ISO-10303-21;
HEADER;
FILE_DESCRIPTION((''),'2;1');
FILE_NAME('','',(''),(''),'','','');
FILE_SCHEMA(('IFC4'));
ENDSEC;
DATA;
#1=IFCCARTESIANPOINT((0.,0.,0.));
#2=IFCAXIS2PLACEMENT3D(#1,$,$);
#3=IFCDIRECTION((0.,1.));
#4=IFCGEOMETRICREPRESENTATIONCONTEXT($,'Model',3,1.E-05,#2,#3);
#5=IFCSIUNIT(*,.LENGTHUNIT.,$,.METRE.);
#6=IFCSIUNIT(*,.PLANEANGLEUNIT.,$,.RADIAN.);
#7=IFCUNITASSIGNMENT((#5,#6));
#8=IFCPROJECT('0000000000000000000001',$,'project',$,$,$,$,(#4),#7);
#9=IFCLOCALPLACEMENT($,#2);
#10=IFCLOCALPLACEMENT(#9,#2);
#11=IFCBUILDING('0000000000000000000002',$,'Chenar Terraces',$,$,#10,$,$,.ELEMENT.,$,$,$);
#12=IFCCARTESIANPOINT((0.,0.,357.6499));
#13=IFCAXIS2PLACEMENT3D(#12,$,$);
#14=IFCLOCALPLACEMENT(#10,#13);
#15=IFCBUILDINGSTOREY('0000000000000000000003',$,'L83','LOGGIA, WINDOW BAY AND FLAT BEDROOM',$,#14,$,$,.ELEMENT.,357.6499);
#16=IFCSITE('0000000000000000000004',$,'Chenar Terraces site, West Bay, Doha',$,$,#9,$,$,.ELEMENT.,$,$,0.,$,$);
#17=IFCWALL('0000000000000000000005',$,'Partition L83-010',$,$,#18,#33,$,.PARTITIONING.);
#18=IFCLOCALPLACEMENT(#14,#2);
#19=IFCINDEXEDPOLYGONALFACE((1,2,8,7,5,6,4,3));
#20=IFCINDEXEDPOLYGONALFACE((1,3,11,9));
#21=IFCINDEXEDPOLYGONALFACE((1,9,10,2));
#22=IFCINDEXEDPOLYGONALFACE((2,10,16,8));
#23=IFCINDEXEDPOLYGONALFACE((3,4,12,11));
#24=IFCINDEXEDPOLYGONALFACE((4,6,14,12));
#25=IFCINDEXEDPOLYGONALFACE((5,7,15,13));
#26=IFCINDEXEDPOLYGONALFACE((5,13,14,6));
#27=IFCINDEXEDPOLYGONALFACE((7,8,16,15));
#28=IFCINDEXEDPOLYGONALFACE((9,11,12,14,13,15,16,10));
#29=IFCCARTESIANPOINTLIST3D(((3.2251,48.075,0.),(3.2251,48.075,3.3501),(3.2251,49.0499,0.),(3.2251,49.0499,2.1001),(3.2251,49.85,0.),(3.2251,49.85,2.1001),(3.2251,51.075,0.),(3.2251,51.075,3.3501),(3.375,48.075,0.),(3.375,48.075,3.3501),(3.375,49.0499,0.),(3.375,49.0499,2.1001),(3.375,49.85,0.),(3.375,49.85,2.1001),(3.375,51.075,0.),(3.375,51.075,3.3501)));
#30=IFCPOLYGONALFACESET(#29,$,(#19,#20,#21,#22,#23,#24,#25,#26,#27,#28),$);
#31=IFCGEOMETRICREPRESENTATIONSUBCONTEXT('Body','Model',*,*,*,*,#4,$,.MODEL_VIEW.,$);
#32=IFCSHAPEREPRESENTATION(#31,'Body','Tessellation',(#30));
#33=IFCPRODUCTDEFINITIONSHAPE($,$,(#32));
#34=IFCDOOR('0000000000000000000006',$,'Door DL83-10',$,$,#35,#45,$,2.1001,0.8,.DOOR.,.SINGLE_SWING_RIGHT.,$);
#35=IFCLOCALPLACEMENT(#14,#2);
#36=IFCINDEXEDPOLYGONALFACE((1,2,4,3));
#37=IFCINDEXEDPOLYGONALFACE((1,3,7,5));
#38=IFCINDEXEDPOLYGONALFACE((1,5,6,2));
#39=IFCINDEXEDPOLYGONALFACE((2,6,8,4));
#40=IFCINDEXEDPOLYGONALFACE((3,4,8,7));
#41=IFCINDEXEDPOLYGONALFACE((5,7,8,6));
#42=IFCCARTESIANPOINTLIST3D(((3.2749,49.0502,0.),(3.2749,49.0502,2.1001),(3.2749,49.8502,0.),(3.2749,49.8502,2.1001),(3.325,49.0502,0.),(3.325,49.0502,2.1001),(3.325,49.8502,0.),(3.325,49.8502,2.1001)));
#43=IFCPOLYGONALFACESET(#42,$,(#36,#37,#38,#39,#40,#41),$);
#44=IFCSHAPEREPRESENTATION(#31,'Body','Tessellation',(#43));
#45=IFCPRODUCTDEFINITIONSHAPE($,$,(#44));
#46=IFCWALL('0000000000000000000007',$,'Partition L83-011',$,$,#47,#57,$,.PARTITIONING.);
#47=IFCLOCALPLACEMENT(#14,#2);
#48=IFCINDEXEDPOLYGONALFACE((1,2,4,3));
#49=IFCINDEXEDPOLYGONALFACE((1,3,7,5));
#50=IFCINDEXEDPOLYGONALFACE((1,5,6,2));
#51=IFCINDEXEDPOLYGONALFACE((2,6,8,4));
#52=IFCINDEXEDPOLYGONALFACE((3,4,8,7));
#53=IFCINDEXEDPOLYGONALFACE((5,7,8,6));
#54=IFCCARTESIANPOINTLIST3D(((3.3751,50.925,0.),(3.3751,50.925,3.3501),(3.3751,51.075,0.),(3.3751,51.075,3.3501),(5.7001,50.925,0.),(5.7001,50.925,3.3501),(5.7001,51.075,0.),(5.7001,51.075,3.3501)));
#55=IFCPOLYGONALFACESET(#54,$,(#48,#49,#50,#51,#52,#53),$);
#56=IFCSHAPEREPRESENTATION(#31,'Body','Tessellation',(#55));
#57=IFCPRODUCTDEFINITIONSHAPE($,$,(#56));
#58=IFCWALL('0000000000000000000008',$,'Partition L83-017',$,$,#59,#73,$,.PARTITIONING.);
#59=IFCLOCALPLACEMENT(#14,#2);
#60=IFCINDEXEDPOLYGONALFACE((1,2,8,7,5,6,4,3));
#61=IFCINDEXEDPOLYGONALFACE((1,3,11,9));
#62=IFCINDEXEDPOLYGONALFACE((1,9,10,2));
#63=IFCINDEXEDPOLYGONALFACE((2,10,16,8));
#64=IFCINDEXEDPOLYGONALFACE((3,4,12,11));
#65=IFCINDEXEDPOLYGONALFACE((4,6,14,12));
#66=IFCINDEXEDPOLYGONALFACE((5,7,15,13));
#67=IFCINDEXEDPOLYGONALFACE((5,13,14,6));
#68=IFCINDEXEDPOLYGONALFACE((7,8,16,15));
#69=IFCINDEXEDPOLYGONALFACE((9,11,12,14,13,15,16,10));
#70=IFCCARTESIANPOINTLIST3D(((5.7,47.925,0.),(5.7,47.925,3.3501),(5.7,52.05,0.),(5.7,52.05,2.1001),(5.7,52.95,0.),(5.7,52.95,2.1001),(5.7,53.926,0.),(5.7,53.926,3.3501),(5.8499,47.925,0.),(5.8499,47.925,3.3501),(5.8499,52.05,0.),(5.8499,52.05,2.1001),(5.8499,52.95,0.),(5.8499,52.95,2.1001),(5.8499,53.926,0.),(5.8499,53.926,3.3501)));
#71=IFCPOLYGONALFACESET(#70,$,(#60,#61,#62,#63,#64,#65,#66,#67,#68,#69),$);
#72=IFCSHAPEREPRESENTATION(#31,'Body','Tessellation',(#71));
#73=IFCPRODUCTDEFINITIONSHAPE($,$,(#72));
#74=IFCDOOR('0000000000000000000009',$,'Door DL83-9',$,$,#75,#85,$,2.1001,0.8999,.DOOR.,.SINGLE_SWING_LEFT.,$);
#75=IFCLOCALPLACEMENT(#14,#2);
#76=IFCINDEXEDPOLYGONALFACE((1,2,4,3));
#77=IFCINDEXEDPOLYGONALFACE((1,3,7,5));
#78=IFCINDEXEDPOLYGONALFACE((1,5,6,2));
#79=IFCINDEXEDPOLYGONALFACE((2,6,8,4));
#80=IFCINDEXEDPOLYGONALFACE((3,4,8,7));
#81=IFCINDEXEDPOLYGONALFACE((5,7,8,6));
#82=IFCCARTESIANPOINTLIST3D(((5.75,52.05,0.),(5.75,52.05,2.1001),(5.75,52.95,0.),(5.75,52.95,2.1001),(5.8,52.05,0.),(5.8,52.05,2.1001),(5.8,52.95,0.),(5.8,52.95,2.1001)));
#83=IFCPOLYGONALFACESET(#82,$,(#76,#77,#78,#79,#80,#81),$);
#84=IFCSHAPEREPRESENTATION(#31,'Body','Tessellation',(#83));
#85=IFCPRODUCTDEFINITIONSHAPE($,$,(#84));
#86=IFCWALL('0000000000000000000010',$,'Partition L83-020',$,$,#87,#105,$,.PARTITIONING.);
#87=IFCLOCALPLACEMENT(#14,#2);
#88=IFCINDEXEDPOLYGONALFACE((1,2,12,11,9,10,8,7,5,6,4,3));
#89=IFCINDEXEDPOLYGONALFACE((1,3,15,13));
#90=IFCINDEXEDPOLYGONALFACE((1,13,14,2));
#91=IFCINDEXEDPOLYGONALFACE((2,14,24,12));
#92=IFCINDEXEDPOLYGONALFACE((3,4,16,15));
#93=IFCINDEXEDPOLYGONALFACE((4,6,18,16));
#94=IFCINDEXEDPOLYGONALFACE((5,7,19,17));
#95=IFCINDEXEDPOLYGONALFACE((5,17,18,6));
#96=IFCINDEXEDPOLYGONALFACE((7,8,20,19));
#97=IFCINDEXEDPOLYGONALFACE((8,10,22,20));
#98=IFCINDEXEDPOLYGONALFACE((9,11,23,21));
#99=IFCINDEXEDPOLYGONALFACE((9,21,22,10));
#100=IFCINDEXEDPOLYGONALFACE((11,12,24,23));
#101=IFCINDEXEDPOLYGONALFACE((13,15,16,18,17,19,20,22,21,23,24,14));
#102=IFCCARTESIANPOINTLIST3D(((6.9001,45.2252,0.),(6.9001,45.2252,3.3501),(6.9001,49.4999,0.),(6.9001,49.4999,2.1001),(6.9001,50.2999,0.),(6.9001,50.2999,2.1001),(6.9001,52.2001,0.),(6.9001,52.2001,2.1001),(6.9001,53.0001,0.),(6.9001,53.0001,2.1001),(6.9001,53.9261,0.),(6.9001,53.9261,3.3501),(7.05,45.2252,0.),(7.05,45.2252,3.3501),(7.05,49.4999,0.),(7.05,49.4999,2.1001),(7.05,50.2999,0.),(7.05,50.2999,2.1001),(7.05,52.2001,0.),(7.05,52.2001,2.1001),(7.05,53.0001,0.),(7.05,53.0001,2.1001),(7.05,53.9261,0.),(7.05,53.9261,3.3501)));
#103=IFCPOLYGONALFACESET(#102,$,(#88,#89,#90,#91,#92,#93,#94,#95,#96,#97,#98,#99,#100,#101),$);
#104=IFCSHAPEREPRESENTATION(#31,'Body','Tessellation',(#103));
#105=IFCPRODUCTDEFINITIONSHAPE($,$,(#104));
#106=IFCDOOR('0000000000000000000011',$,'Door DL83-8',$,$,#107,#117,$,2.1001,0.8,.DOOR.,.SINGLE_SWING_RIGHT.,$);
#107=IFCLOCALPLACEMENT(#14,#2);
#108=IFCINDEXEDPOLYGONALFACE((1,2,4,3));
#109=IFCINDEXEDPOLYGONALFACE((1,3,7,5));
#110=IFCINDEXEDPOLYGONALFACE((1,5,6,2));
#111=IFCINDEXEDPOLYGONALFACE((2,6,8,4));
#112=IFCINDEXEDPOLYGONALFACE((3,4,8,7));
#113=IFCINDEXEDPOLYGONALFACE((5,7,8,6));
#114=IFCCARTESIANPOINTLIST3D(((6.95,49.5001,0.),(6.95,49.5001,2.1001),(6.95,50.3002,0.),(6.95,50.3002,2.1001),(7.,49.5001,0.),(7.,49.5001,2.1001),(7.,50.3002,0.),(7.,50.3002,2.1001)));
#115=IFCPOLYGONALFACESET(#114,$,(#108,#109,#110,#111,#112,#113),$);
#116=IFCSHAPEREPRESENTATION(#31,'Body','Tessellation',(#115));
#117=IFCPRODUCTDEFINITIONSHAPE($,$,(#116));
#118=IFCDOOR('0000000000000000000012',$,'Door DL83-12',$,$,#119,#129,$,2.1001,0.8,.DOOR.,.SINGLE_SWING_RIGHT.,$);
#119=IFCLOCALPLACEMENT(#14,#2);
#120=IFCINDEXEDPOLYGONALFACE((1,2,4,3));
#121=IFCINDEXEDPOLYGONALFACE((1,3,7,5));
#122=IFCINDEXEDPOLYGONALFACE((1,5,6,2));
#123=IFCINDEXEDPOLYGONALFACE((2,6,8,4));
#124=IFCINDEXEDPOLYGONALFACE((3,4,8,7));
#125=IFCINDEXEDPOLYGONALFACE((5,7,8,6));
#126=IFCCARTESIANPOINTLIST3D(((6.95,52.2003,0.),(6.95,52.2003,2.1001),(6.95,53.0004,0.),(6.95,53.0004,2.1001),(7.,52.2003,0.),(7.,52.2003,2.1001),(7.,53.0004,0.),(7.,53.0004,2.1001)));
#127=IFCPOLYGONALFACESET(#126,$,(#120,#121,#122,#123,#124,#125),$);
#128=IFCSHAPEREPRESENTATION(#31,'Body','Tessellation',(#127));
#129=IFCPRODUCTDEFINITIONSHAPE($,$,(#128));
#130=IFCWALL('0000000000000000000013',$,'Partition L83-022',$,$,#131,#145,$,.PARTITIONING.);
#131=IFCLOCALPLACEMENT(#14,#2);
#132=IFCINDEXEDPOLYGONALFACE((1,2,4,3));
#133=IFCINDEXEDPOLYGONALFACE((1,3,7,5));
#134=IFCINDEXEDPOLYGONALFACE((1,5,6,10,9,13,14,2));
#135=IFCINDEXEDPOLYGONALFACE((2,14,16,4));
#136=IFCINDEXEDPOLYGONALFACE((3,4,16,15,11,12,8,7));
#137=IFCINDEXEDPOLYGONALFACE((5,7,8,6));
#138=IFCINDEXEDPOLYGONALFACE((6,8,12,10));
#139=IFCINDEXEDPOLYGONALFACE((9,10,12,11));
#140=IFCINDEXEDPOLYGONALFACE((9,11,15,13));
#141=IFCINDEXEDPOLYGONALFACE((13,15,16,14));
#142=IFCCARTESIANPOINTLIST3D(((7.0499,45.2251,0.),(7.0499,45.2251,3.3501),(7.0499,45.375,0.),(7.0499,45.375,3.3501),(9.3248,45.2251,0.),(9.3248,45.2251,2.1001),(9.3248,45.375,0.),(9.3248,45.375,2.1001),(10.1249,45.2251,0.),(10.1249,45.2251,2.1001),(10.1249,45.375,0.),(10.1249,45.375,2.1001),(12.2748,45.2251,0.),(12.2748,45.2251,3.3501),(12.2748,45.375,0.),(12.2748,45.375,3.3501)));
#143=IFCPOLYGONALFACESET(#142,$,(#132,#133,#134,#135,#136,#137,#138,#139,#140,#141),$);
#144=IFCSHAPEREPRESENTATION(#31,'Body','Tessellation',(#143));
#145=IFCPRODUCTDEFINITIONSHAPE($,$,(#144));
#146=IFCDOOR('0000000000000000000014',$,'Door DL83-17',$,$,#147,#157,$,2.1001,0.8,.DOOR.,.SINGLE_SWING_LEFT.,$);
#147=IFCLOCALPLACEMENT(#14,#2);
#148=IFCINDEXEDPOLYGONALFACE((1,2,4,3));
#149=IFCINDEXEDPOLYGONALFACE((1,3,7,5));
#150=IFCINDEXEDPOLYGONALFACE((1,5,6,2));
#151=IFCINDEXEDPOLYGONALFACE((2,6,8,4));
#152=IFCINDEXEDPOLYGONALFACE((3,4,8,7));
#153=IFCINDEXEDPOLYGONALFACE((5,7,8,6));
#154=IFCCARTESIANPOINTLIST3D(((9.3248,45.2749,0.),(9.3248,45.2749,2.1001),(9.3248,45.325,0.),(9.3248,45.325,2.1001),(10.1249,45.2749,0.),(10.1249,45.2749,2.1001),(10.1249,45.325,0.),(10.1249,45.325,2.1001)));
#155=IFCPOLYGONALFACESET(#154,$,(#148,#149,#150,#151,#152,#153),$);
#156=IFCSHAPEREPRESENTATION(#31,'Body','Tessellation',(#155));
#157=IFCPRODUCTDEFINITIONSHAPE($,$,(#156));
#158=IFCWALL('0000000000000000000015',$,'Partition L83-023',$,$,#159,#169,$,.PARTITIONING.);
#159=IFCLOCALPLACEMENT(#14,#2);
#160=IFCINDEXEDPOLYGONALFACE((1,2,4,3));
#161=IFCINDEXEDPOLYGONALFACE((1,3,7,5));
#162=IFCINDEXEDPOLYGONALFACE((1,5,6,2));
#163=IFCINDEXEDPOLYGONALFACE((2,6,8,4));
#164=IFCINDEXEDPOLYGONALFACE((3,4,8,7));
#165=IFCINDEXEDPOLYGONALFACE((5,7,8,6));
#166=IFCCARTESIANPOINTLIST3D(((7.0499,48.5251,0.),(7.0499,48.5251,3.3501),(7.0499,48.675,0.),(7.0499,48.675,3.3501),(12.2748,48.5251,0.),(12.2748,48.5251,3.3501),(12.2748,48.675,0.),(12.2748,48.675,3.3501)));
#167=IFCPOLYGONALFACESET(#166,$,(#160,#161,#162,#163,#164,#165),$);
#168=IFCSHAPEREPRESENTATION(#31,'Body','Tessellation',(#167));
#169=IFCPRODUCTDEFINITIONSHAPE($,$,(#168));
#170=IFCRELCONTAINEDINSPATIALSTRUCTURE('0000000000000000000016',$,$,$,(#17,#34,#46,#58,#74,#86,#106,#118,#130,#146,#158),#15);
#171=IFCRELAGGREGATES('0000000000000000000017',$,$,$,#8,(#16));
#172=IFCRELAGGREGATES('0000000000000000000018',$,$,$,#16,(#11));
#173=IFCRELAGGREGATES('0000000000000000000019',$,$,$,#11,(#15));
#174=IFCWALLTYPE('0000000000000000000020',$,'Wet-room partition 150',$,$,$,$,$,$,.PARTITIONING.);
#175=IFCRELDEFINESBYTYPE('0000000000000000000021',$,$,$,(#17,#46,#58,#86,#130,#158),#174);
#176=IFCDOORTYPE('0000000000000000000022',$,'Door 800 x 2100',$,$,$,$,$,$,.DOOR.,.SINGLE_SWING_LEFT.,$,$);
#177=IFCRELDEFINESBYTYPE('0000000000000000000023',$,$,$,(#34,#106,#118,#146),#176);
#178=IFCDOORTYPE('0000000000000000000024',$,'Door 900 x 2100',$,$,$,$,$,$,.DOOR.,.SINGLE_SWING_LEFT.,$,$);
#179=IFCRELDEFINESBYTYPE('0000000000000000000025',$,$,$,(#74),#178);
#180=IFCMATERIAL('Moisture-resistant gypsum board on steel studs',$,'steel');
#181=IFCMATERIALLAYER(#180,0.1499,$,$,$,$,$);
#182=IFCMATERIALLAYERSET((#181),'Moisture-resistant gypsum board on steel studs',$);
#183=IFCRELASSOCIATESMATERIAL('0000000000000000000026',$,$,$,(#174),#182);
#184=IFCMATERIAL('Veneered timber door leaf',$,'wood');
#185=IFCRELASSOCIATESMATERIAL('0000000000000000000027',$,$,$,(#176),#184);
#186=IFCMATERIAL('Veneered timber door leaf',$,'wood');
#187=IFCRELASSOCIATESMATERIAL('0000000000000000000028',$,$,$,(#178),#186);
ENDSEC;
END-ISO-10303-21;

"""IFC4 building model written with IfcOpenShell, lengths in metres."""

from ifc_helpers import new_model, si_unit, direction, frame, frame_2d, origin, place, context, subcontext, project, spatial, rectangle, extrude, material, layer, layer_set, type_object, element, fill, save


model = new_model("IFC4")

# Units and contexts
model_context = context("Model", 3, precision=1e-05, world=origin(), true_north=direction((0.0, 1.0)))
body_context = subcontext(model_context, "Body", "Model", "MODEL_VIEW")
ifc_project = project(units=[si_unit("LENGTHUNIT", "METRE"), si_unit("PLANEANGLEUNIT", "RADIAN")], contexts=[model_context])

# Site, building, storey
site_placement = place(None, origin())
site = spatial("IfcSite", under=ifc_project, at=site_placement, Name="Chenar Terraces site, West Bay, Doha", CompositionType="ELEMENT", RefElevation=0.0)
building_placement = place(site_placement, origin())
building = spatial("IfcBuilding", under=site, at=building_placement, Name="Chenar Terraces", CompositionType="ELEMENT")
storey_placement = place(building_placement, frame((0.0, 0.0, 357.6499)))
storey = spatial("IfcBuildingStorey", under=building, at=storey_placement, Name="L83", Description="LOGGIA, WINDOW BAY AND FLAT BEDROOM", CompositionType="ELEMENT", Elevation=357.6499)

# Shared definitions
ifc_material_1 = material(Name="Moisture-resistant gypsum board on steel studs", Category="steel")
ifc_layer_1 = layer(ifc_material_1, 0.1499)
ifc_layer_set_1 = layer_set([ifc_layer_1], Name="Moisture-resistant gypsum board on steel studs")
wall_type_1 = type_object("IfcWallType", Name="Wet-room partition 150", PredefinedType="PARTITIONING", material=ifc_layer_set_1)

# Wall, opening, door
wall_1_placement = place(storey_placement, frame((3.3, 48.075, 0.0), z_axis=(0.0, 0.0, 1.0), x_axis=(0.0, 1.0, 0.0)))
wall_1 = element("IfcWall", 1, at=wall_1_placement, inside=storey, type_object=wall_type_1, Name="Partition L83-010", PredefinedType="PARTITIONING", context=body_context, shape_type="SweptSolid", body=[
    extrude(rectangle(XDim=3.0, YDim=0.1499, at=frame_2d((1.5, 0.0))), origin(), (0.0, 0.0, 1.0), 3.3501),
])
opening_1_placement = place(wall_1_placement, frame((0.9751, 0.0, 0.0)))
opening_1 = element("IfcOpeningElement", 2, at=opening_1_placement, cuts=wall_1, PredefinedType="OPENING", context=body_context, shape_type="SweptSolid", body=[
    extrude(rectangle(XDim=0.8, YDim=2.1001, at=frame_2d((0.3999, 1.05))), frame((0.0, 0.085, 0.0), z_axis=(0.0, -1.0, 0.0), x_axis=(1.0, 0.0, 0.0)), (0.0, 0.0, 1.0), 0.1699),
])
ifc_material_2 = material(Name="Veneered timber door leaf", Category="wood")
door_type_1 = type_object("IfcDoorType", Name="Door 800 x 2100", OperationType="SINGLE_SWING_LEFT", PredefinedType="DOOR", material=ifc_material_2)
door_1_placement = place(opening_1_placement, frame((0.8, 0.0, 0.0), z_axis=(0.0, 0.0, 1.0), x_axis=(-1.0, 0.0, 0.0)))
door_1 = element("IfcDoor", 3, at=door_1_placement, inside=storey, type_object=door_type_1, Name="Door DL83-10", OperationType="SINGLE_SWING_RIGHT", OverallHeight=2.1001, OverallWidth=0.8, PredefinedType="DOOR", context=body_context, shape_type="SweptSolid", body=[
    extrude(rectangle(XDim=0.8, YDim=2.1001, at=frame_2d((0.3999, 1.05))), frame((0.0, 0.0249, 0.0), z_axis=(0.0, -1.0, 0.0), x_axis=(1.0, 0.0, 0.0)), (0.0, 0.0, 1.0), 0.05),
])
fill(opening_1, door_1)

# Wall
wall_2_placement = place(storey_placement, frame((3.375, 51.0, 0.0), z_axis=(0.0, 0.0, 1.0), x_axis=(1.0, 0.0, 0.0)))
element("IfcWall", 4, at=wall_2_placement, inside=storey, type_object=wall_type_1, Name="Partition L83-011", PredefinedType="PARTITIONING", context=body_context, shape_type="SweptSolid", body=[
    extrude(rectangle(XDim=2.325, YDim=0.1499, at=frame_2d((1.1626, 0.0))), origin(), (0.0, 0.0, 1.0), 3.3501),
])

# Wall, opening, door
wall_3_placement = place(storey_placement, frame((5.7749, 47.925, 0.0), z_axis=(0.0, 0.0, 1.0), x_axis=(0.0, 1.0, 0.0)))
wall_3 = element("IfcWall", 5, at=wall_3_placement, inside=storey, type_object=wall_type_1, Name="Partition L83-017", PredefinedType="PARTITIONING", context=body_context, shape_type="SweptSolid", body=[
    extrude(rectangle(XDim=6.001, YDim=0.1499, at=frame_2d((3.0005, 0.0))), origin(), (0.0, 0.0, 1.0), 3.3501),
])
opening_2_placement = place(wall_3_placement, frame((4.125, 0.0, 0.0)))
opening_2 = element("IfcOpeningElement", 6, at=opening_2_placement, cuts=wall_3, PredefinedType="OPENING", context=body_context, shape_type="SweptSolid", body=[
    extrude(rectangle(XDim=0.8999, YDim=2.1001, at=frame_2d((0.45, 1.05))), frame((0.0, 0.085, 0.0), z_axis=(0.0, -1.0, 0.0), x_axis=(1.0, 0.0, 0.0)), (0.0, 0.0, 1.0), 0.1699),
])
ifc_material_3 = material(Name="Veneered timber door leaf", Category="wood")
door_type_2 = type_object("IfcDoorType", Name="Door 900 x 2100", OperationType="SINGLE_SWING_LEFT", PredefinedType="DOOR", material=ifc_material_3)
door_2_placement = place(opening_2_placement, origin())
door_2 = element("IfcDoor", 7, at=door_2_placement, inside=storey, type_object=door_type_2, Name="Door DL83-9", OperationType="SINGLE_SWING_LEFT", OverallHeight=2.1001, OverallWidth=0.8999, PredefinedType="DOOR", context=body_context, shape_type="SweptSolid", body=[
    extrude(rectangle(XDim=0.8999, YDim=2.1001, at=frame_2d((0.45, 1.05))), frame((0.0, 0.0249, 0.0), z_axis=(0.0, -1.0, 0.0), x_axis=(1.0, 0.0, 0.0)), (0.0, 0.0, 1.0), 0.05),
])
fill(opening_2, door_2)

# Wall, openings, doors
wall_4_placement = place(storey_placement, frame((6.9751, 45.2251, 0.0), z_axis=(0.0, 0.0, 1.0), x_axis=(0.0, 1.0, 0.0)))
wall_4 = element("IfcWall", 8, at=wall_4_placement, inside=storey, type_object=wall_type_1, Name="Partition L83-020", PredefinedType="PARTITIONING", context=body_context, shape_type="SweptSolid", body=[
    extrude(rectangle(XDim=8.7009, YDim=0.1499, at=frame_2d((4.3506, 0.0))), origin(), (0.0, 0.0, 1.0), 3.3501),
])
opening_3_placement = place(wall_4_placement, frame((4.2749, 0.0, 0.0)))
opening_3 = element("IfcOpeningElement", 9, at=opening_3_placement, cuts=wall_4, PredefinedType="OPENING", context=body_context, shape_type="SweptSolid", body=[
    extrude(rectangle(XDim=0.8, YDim=2.1001, at=frame_2d((0.3999, 1.05))), frame((0.0, 0.085, 0.0), z_axis=(0.0, -1.0, 0.0), x_axis=(1.0, 0.0, 0.0)), (0.0, 0.0, 1.0), 0.1699),
])
opening_4_placement = place(wall_4_placement, frame((6.9751, 0.0, 0.0)))
opening_4 = element("IfcOpeningElement", 10, at=opening_4_placement, cuts=wall_4, PredefinedType="OPENING", context=body_context, shape_type="SweptSolid", body=[
    extrude(rectangle(XDim=0.8, YDim=2.1001, at=frame_2d((0.3999, 1.05))), frame((0.0, 0.085, 0.0), z_axis=(0.0, -1.0, 0.0), x_axis=(1.0, 0.0, 0.0)), (0.0, 0.0, 1.0), 0.1699),
])
door_3_placement = place(opening_3_placement, frame((0.8, 0.0, 0.0), z_axis=(0.0, 0.0, 1.0), x_axis=(-1.0, 0.0, 0.0)))
door_3 = element("IfcDoor", 11, at=door_3_placement, inside=storey, type_object=door_type_1, Name="Door DL83-8", OperationType="SINGLE_SWING_RIGHT", OverallHeight=2.1001, OverallWidth=0.8, PredefinedType="DOOR", context=body_context, shape_type="SweptSolid", body=[
    extrude(rectangle(XDim=0.8, YDim=2.1001, at=frame_2d((0.3999, 1.05))), frame((0.0, 0.0249, 0.0), z_axis=(0.0, -1.0, 0.0), x_axis=(1.0, 0.0, 0.0)), (0.0, 0.0, 1.0), 0.05),
])
fill(opening_3, door_3)
door_4_placement = place(opening_4_placement, frame((0.8, 0.0, 0.0), z_axis=(0.0, 0.0, 1.0), x_axis=(-1.0, 0.0, 0.0)))
door_4 = element("IfcDoor", 12, at=door_4_placement, inside=storey, type_object=door_type_1, Name="Door DL83-12", OperationType="SINGLE_SWING_RIGHT", OverallHeight=2.1001, OverallWidth=0.8, PredefinedType="DOOR", context=body_context, shape_type="SweptSolid", body=[
    extrude(rectangle(XDim=0.8, YDim=2.1001, at=frame_2d((0.3999, 1.05))), frame((0.0, 0.0249, 0.0), z_axis=(0.0, -1.0, 0.0), x_axis=(1.0, 0.0, 0.0)), (0.0, 0.0, 1.0), 0.05),
])
fill(opening_4, door_4)

# Wall, opening, door
wall_5_placement = place(storey_placement, frame((7.05, 45.3, 0.0), z_axis=(0.0, 0.0, 1.0), x_axis=(1.0, 0.0, 0.0)))
wall_5 = element("IfcWall", 13, at=wall_5_placement, inside=storey, type_object=wall_type_1, Name="Partition L83-022", PredefinedType="PARTITIONING", context=body_context, shape_type="SweptSolid", body=[
    extrude(rectangle(XDim=5.2249, YDim=0.1499, at=frame_2d((2.6123, 0.0))), origin(), (0.0, 0.0, 1.0), 3.3501),
])
opening_5_placement = place(wall_5_placement, frame((2.2749, 0.0, 0.0)))
opening_5 = element("IfcOpeningElement", 14, at=opening_5_placement, cuts=wall_5, PredefinedType="OPENING", context=body_context, shape_type="SweptSolid", body=[
    extrude(rectangle(XDim=0.8, YDim=2.1001, at=frame_2d((0.3999, 1.05))), frame((0.0, 0.085, 0.0), z_axis=(0.0, -1.0, 0.0), x_axis=(1.0, 0.0, 0.0)), (0.0, 0.0, 1.0), 0.1699),
])
door_5_placement = place(opening_5_placement, origin())
door_5 = element("IfcDoor", 15, at=door_5_placement, inside=storey, type_object=door_type_1, Name="Door DL83-17", OperationType="SINGLE_SWING_LEFT", OverallHeight=2.1001, OverallWidth=0.8, PredefinedType="DOOR", context=body_context, shape_type="SweptSolid", body=[
    extrude(rectangle(XDim=0.8, YDim=2.1001, at=frame_2d((0.3999, 1.05))), frame((0.0, 0.0249, 0.0), z_axis=(0.0, -1.0, 0.0), x_axis=(1.0, 0.0, 0.0)), (0.0, 0.0, 1.0), 0.05),
])
fill(opening_5, door_5)

# Wall
wall_6_placement = place(storey_placement, frame((7.05, 48.6001, 0.0), z_axis=(0.0, 0.0, 1.0), x_axis=(1.0, 0.0, 0.0)))
element("IfcWall", 16, at=wall_6_placement, inside=storey, type_object=wall_type_1, Name="Partition L83-023", PredefinedType="PARTITIONING", context=body_context, shape_type="SweptSolid", body=[
    extrude(rectangle(XDim=5.2249, YDim=0.1499, at=frame_2d((2.6123, 0.0))), origin(), (0.0, 0.0, 1.0), 3.3501),
])

save(model, "model.ifc")
